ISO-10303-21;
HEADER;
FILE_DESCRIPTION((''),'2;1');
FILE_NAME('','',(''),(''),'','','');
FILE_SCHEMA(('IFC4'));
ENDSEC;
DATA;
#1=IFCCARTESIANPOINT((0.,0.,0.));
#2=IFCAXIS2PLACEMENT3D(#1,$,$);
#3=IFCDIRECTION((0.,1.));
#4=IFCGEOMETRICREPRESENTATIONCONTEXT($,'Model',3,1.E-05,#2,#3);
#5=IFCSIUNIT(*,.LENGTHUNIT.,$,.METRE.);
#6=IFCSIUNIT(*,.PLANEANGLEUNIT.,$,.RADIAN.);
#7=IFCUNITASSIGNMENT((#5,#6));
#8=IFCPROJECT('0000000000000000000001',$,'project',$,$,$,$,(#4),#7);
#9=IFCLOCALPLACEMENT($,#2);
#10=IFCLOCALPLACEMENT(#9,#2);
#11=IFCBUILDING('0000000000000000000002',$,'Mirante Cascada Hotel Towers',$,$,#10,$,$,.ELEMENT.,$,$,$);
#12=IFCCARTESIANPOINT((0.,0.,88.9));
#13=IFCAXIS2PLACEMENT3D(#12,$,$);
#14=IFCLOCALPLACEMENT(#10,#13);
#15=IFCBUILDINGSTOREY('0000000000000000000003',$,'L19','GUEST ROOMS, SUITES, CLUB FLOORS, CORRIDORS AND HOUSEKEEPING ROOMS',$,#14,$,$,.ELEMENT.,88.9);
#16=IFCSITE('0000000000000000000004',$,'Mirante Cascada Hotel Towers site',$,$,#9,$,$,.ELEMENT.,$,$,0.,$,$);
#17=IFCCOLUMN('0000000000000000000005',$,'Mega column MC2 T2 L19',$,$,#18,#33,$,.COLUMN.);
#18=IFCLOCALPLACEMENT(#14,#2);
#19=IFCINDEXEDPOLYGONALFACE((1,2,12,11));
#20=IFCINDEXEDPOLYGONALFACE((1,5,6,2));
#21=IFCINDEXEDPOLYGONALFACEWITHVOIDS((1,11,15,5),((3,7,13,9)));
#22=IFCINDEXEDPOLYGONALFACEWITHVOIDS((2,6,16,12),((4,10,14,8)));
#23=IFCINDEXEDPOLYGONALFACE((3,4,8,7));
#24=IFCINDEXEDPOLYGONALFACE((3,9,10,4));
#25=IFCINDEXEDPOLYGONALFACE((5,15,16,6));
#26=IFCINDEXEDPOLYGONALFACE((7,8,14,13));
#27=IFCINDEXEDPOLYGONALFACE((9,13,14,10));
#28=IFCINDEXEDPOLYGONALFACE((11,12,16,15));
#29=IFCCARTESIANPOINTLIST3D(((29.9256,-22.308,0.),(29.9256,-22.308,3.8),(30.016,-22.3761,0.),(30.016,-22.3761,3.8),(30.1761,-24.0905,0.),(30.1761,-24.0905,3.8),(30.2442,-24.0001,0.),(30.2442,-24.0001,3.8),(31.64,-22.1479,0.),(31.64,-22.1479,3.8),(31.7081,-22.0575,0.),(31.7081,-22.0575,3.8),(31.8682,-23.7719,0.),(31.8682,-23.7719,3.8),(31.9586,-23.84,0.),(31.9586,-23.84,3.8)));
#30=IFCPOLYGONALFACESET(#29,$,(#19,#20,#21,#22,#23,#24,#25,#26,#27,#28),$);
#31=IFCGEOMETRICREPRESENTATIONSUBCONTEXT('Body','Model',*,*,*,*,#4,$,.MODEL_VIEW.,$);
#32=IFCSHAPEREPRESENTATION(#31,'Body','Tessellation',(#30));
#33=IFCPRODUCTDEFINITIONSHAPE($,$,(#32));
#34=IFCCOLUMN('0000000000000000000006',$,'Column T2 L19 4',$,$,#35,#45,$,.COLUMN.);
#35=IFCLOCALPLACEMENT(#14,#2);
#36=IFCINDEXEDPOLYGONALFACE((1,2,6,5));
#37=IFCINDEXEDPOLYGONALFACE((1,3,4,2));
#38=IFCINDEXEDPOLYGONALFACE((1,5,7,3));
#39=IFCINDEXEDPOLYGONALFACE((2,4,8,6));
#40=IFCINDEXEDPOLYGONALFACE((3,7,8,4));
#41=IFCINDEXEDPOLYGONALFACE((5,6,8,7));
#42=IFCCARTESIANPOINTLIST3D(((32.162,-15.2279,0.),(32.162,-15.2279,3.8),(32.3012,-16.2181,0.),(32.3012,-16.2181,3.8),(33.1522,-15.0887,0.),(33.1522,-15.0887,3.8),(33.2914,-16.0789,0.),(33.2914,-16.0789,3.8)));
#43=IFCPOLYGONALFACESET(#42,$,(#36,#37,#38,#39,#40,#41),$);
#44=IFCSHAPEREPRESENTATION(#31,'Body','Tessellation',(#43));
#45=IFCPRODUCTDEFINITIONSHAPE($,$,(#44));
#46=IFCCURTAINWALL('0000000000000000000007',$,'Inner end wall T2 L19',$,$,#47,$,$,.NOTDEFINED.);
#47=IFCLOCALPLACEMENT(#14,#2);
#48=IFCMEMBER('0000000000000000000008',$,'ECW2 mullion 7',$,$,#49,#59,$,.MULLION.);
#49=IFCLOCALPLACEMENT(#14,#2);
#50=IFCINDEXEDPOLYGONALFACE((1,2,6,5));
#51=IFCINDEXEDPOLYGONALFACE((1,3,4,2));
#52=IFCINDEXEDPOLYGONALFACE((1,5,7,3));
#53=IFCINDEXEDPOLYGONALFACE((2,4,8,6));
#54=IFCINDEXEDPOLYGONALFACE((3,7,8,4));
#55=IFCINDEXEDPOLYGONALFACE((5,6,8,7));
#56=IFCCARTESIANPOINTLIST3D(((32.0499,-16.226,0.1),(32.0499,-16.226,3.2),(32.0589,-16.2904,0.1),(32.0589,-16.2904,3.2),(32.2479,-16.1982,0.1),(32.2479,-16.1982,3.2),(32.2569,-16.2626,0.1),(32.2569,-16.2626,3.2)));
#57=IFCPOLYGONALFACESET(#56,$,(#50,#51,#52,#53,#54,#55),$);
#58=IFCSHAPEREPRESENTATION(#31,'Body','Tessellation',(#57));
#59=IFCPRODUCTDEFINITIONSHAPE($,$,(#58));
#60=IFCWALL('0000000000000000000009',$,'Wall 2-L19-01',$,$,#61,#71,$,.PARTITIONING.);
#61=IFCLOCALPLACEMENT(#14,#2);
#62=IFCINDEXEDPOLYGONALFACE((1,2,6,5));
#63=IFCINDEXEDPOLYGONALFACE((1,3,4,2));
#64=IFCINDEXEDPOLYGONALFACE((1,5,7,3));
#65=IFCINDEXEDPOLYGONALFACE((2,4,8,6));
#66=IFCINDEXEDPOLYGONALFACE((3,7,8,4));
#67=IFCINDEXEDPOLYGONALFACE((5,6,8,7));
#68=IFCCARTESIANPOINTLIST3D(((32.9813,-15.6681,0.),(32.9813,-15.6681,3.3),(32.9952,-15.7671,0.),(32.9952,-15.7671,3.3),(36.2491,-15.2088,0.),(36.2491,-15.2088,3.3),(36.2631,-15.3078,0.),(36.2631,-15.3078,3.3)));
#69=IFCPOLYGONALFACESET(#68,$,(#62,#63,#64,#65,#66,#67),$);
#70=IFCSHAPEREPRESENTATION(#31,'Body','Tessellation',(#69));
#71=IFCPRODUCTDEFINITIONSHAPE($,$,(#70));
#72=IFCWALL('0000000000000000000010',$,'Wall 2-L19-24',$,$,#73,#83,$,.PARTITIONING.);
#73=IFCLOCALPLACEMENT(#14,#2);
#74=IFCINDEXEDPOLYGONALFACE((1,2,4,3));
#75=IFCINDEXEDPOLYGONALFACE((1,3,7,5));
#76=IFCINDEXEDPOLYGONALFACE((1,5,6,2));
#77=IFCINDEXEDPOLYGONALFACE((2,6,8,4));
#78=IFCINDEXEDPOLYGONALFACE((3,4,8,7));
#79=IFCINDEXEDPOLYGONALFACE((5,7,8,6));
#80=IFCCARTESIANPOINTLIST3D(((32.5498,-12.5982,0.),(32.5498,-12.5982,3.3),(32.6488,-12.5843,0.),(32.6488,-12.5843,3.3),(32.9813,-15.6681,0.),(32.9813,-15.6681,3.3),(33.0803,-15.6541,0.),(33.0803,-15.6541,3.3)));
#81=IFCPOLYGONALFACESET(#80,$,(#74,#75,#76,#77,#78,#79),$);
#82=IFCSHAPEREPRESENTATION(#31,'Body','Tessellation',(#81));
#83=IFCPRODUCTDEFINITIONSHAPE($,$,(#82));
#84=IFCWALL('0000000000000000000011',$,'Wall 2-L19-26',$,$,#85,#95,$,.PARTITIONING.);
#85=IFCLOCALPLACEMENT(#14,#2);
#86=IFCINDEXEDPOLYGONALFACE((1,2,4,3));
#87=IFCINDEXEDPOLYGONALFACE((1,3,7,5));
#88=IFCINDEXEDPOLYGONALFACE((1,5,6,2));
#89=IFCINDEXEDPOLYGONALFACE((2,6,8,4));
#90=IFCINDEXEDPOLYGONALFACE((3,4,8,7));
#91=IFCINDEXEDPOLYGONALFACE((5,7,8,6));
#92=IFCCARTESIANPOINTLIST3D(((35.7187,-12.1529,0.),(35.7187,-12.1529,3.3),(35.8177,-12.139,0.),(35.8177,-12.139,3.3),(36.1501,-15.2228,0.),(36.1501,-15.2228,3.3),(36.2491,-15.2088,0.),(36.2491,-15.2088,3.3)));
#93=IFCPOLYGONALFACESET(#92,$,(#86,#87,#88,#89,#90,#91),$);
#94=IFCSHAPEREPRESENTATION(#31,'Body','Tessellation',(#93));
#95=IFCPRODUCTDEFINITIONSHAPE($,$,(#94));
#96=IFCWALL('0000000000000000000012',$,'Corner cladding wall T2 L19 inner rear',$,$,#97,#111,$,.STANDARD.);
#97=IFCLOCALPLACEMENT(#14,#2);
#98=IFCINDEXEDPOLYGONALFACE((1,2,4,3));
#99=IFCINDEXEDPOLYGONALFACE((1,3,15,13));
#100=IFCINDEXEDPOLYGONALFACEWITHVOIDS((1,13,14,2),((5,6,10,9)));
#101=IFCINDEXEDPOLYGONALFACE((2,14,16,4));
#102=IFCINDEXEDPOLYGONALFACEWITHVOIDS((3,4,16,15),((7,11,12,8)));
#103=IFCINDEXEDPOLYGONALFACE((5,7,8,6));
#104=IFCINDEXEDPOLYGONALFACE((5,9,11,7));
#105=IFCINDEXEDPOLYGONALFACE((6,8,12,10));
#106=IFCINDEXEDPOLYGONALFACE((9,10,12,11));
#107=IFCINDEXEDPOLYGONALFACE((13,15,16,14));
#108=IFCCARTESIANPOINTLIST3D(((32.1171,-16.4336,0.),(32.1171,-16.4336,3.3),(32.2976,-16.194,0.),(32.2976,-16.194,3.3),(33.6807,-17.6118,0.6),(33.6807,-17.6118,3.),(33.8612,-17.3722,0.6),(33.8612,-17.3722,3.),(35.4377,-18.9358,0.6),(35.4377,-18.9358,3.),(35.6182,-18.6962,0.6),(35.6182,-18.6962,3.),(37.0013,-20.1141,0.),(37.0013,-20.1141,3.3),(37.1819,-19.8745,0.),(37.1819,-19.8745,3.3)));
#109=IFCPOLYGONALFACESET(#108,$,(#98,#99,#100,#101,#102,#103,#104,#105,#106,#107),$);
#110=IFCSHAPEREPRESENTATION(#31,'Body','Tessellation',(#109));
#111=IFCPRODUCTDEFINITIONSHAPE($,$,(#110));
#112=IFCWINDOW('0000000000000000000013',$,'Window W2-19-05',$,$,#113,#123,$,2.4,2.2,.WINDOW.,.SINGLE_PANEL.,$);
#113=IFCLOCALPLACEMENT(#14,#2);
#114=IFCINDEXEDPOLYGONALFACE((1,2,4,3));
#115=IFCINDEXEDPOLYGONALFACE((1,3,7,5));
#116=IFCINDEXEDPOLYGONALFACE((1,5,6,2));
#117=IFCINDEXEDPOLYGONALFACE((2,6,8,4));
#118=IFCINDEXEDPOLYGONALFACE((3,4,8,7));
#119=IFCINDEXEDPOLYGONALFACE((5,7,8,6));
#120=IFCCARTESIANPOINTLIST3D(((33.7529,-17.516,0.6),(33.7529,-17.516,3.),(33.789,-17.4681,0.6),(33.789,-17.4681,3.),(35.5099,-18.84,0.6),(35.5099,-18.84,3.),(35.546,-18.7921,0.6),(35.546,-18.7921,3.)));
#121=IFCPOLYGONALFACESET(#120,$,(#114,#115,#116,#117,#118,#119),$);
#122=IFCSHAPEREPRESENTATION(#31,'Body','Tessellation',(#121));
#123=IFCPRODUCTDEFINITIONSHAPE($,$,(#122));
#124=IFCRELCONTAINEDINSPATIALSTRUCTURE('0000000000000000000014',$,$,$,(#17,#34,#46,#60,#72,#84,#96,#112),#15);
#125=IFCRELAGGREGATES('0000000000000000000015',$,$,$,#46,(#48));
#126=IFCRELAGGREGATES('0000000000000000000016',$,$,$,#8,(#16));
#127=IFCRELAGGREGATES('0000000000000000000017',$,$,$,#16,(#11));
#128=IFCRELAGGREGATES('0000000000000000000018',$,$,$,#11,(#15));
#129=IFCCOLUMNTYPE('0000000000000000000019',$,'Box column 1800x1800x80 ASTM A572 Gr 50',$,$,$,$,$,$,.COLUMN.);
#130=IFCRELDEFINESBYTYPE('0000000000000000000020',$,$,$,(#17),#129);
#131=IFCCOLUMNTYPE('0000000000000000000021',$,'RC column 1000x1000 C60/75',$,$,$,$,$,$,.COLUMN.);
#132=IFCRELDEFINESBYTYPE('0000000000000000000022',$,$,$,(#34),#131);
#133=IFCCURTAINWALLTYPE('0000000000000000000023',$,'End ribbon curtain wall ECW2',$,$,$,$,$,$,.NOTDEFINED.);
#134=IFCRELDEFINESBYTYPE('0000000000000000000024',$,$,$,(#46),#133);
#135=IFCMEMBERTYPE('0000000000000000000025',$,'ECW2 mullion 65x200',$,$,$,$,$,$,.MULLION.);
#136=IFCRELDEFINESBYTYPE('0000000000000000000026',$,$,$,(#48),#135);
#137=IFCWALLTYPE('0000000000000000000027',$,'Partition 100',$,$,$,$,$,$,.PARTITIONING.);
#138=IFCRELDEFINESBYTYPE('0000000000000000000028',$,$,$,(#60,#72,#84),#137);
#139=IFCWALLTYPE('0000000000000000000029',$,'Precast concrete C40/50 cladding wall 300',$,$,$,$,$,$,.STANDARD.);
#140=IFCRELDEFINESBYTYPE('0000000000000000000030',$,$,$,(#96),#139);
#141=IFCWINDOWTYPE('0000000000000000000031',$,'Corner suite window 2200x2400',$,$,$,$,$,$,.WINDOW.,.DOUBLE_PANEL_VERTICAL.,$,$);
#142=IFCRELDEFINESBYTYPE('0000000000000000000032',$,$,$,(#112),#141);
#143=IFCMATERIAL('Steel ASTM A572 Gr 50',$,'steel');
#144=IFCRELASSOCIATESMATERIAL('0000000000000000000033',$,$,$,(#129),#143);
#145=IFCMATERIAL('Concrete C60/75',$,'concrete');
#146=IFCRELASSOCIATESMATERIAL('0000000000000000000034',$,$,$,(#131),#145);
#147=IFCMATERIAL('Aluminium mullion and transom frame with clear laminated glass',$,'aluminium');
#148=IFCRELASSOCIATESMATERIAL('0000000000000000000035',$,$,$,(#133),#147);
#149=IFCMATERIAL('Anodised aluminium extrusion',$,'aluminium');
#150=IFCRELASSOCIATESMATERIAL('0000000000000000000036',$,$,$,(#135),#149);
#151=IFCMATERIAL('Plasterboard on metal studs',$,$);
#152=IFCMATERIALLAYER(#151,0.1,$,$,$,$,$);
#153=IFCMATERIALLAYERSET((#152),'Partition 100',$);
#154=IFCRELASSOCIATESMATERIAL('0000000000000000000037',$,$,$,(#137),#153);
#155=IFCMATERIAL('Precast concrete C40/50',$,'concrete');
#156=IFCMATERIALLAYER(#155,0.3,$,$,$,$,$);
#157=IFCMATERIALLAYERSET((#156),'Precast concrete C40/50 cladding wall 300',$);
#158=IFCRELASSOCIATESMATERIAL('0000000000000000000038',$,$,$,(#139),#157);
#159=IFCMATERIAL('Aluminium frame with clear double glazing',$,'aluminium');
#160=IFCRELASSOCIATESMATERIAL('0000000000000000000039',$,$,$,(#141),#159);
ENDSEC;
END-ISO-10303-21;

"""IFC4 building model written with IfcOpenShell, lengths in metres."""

from ifc_helpers import new_model, si_unit, direction, frame, frame_2d, origin, origin_2d, place, context, subcontext, project, spatial, rectangle, hollow_rectangle, extrude, material, layer, layer_set, material_profile, profile_set, type_object, element, fill, aggregate, save


model = new_model("IFC4")

# Units and contexts
model_context = context("Model", 3, precision=1e-05, world=origin(), true_north=direction((0.0, 1.0)))
body_context = subcontext(model_context, "Body", "Model", "MODEL_VIEW")
ifc_project = project(units=[si_unit("LENGTHUNIT", "METRE"), si_unit("PLANEANGLEUNIT", "RADIAN")], contexts=[model_context])

# Site, building, storey
site_placement = place(None, origin())
site = spatial("IfcSite", under=ifc_project, at=site_placement, Name="Mirante Cascada Hotel Towers site", CompositionType="ELEMENT", RefElevation=0.0)
building_placement = place(site_placement, origin())
building = spatial("IfcBuilding", under=site, at=building_placement, Name="Mirante Cascada Hotel Towers", CompositionType="ELEMENT")
storey_placement = place(building_placement, frame((0.0, 0.0, 88.9)))
storey = spatial("IfcBuildingStorey", under=building, at=storey_placement, Name="L19", Description="GUEST ROOMS, SUITES, CLUB FLOORS, CORRIDORS AND HOUSEKEEPING ROOMS", CompositionType="ELEMENT", Elevation=88.9)

# Columns
ifc_material_1 = material(Name="Steel ASTM A572 Gr 50", Category="steel")
ifc_material_profile_1 = material_profile(ifc_material_1, hollow_rectangle(XDim=1.8, YDim=1.8, WallThickness=0.08, at=origin_2d()), Name="Box column 1800x1800x80 ASTM A572 Gr 50")
ifc_profile_set_1 = profile_set([ifc_material_profile_1], Name="Steel ASTM A572 Gr 50")
column_type_1 = type_object("IfcColumnType", Name="Box column 1800x1800x80 ASTM A572 Gr 50", PredefinedType="COLUMN", material=ifc_profile_set_1)
column_1_placement = place(storey_placement, frame((30.9421, -23.074, 0.0), z_axis=(0.0, 0.0, 1.0), x_axis=(0.990268, 0.139173, 0.0)))
element("IfcColumn", 1, at=column_1_placement, inside=storey, type_object=column_type_1, Name="Mega column MC2 T2 L19", PredefinedType="COLUMN", context=body_context, shape_type="SweptSolid", body=[
    extrude(hollow_rectangle(XDim=1.8, YDim=1.8, WallThickness=0.08, at=origin_2d()), origin(), (0.0, 0.0, 1.0), 3.8),
])
ifc_material_2 = material(Name="Concrete C60/75", Category="concrete")
ifc_material_profile_2 = material_profile(ifc_material_2, rectangle(XDim=1.0, YDim=1.0, at=origin_2d()), Name="RC column 1000x1000 C60/75")
ifc_profile_set_2 = profile_set([ifc_material_profile_2], Name="Concrete C60/75")
column_type_2 = type_object("IfcColumnType", Name="RC column 1000x1000 C60/75", PredefinedType="COLUMN", material=ifc_profile_set_2)
column_2_placement = place(storey_placement, frame((32.7267, -15.6534, 0.0), z_axis=(0.0, 0.0, 1.0), x_axis=(0.990268, 0.139173, 0.0)))
element("IfcColumn", 2, at=column_2_placement, inside=storey, type_object=column_type_2, Name="Column T2 L19 4", PredefinedType="COLUMN", context=body_context, shape_type="SweptSolid", body=[
    extrude(rectangle(XDim=1.0, YDim=1.0, at=origin_2d()), origin(), (0.0, 0.0, 1.0), 3.8),
])

# Curtain wall, member
ifc_material_3 = material(Name="Aluminium mullion and transom frame with clear laminated glass", Category="aluminium")
curtain_wall_type = type_object("IfcCurtainWallType", Name="End ribbon curtain wall ECW2", PredefinedType="NOTDEFINED", material=ifc_material_3)
curtain_wall_placement = place(storey_placement, origin())
curtain_wall = element("IfcCurtainWall", 3, at=curtain_wall_placement, inside=storey, type_object=curtain_wall_type, Name="Inner end wall T2 L19", PredefinedType="NOTDEFINED")
ifc_material_4 = material(Name="Anodised aluminium extrusion", Category="aluminium")
ifc_material_profile_3 = material_profile(ifc_material_4, rectangle(XDim=0.2, YDim=0.065, at=origin_2d()), Name="ECW2 MULLION 65x200")
ifc_profile_set_3 = profile_set([ifc_material_profile_3], Name="Anodised aluminium extrusion")
member_type = type_object("IfcMemberType", Name="ECW2 mullion 65x200", PredefinedType="MULLION", material=ifc_profile_set_3)
member_placement = place(storey_placement, frame((32.1534, -16.2443, 0.1), z_axis=(0.0, 0.0, 1.0), x_axis=(0.990268, 0.139173, 0.0)))
member = element("IfcMember", 4, at=member_placement, type_object=member_type, Name="ECW2 mullion 7", PredefinedType="MULLION", context=body_context, shape_type="SweptSolid", body=[
    extrude(rectangle(XDim=0.2, YDim=0.065, at=origin_2d()), origin(), (0.0, 0.0, 1.0), 3.1),
])
aggregate(curtain_wall, [member])

# Walls
ifc_material_5 = material(Name="Plasterboard on metal studs")
ifc_layer_1 = layer(ifc_material_5, 0.1)
ifc_layer_set_1 = layer_set([ifc_layer_1], Name="Partition 100")
wall_type_1 = type_object("IfcWallType", Name="Partition 100", PredefinedType="PARTITIONING", material=ifc_layer_set_1)
wall_1_placement = place(storey_placement, frame((36.2561, -15.2583, 0.0), z_axis=(0.0, 0.0, 1.0), x_axis=(-0.990267, -0.139181, 0.0)))
element("IfcWall", 5, at=wall_1_placement, inside=storey, type_object=wall_type_1, Name="Wall 2-L19-01", PredefinedType="PARTITIONING", context=body_context, shape_type="SweptSolid", body=[
    extrude(rectangle(XDim=3.3, YDim=0.1, at=frame_2d((1.65, 0.0))), origin(), (0.0, 0.0, 1.0), 3.3),
])
for number, where, z_axis, x_axis, name in (
    (6, (33.0308, -15.6611, 0.0), (0.0, 0.0, 1.0), (-0.139194, 0.990265, 0.0), "Wall 2-L19-24"),
    (7, (36.1996, -15.2158, 0.0), (0.0, 0.0, 1.0), (-0.139163, 0.99027, 0.0), "Wall 2-L19-26"),
):
    element("IfcWall", number, at=place(storey_placement, frame(where, z_axis=z_axis, x_axis=x_axis)), inside=storey, type_object=wall_type_1, Name=name, PredefinedType="PARTITIONING", context=body_context, shape_type="SweptSolid", body=[
        extrude(rectangle(XDim=3.1, YDim=0.1, at=frame_2d((1.55, 0.0))), origin(), (0.0, 0.0, 1.0), 3.3),
    ])

# Wall, opening, window
ifc_material_6 = material(Name="Precast concrete C40/50", Category="concrete")
ifc_layer_2 = layer(ifc_material_6, 0.3)
ifc_layer_set_2 = layer_set([ifc_layer_2], Name="Precast concrete C40/50 cladding wall 300")
wall_type_2 = type_object("IfcWallType", Name="Precast concrete C40/50 cladding wall 300", PredefinedType="STANDARD", material=ifc_layer_set_2)
wall_2_placement = place(storey_placement, frame((32.2074, -16.3138, 0.0), z_axis=(0.0, 0.0, 1.0), x_axis=(0.798636, -0.601814, 0.0)))
wall_2 = element("IfcWall", 8, at=wall_2_placement, inside=storey, type_object=wall_type_2, Name="Corner cladding wall T2 L19 inner rear", PredefinedType="STANDARD", context=body_context, shape_type="SweptSolid", body=[
    extrude(rectangle(XDim=6.1157, YDim=0.3, at=frame_2d((3.0578, 0.0))), origin(), (0.0, 0.0, 1.0), 3.3),
])
opening_placement = place(wall_2_placement, frame((1.9578, 0.0, 0.6)))
opening = element("IfcOpeningElement", 9, at=opening_placement, cuts=wall_2, PredefinedType="OPENING", context=body_context, shape_type="SweptSolid", body=[
    extrude(rectangle(XDim=2.2, YDim=2.4, at=frame_2d((1.1, 1.2))), frame((0.0, 0.15, 0.0), z_axis=(0.0, -1.0, 0.0), x_axis=(1.0, 0.0, 0.0)), (0.0, 0.0, 1.0), 0.3),
])
ifc_material_7 = material(Name="Aluminium frame with clear double glazing", Category="aluminium")
window_type = type_object("IfcWindowType", Name="Corner suite window 2200x2400", PartitioningType="DOUBLE_PANEL_VERTICAL", PredefinedType="WINDOW", material=ifc_material_7)
window_placement = place(opening_placement, origin())
window = element("IfcWindow", 10, at=window_placement, inside=storey, type_object=window_type, Name="Window W2-19-05", OverallHeight=2.4, OverallWidth=2.2, PartitioningType="SINGLE_PANEL", PredefinedType="WINDOW", context=body_context, shape_type="SweptSolid", body=[
    extrude(rectangle(XDim=2.2, YDim=2.4, at=frame_2d((1.1, 1.2))), frame((0.0, 0.03, 0.0), z_axis=(0.0, -1.0, 0.0), x_axis=(1.0, 0.0, 0.0)), (0.0, 0.0, 1.0), 0.06),
])
fill(opening, window)

save(model, "model.ifc")
